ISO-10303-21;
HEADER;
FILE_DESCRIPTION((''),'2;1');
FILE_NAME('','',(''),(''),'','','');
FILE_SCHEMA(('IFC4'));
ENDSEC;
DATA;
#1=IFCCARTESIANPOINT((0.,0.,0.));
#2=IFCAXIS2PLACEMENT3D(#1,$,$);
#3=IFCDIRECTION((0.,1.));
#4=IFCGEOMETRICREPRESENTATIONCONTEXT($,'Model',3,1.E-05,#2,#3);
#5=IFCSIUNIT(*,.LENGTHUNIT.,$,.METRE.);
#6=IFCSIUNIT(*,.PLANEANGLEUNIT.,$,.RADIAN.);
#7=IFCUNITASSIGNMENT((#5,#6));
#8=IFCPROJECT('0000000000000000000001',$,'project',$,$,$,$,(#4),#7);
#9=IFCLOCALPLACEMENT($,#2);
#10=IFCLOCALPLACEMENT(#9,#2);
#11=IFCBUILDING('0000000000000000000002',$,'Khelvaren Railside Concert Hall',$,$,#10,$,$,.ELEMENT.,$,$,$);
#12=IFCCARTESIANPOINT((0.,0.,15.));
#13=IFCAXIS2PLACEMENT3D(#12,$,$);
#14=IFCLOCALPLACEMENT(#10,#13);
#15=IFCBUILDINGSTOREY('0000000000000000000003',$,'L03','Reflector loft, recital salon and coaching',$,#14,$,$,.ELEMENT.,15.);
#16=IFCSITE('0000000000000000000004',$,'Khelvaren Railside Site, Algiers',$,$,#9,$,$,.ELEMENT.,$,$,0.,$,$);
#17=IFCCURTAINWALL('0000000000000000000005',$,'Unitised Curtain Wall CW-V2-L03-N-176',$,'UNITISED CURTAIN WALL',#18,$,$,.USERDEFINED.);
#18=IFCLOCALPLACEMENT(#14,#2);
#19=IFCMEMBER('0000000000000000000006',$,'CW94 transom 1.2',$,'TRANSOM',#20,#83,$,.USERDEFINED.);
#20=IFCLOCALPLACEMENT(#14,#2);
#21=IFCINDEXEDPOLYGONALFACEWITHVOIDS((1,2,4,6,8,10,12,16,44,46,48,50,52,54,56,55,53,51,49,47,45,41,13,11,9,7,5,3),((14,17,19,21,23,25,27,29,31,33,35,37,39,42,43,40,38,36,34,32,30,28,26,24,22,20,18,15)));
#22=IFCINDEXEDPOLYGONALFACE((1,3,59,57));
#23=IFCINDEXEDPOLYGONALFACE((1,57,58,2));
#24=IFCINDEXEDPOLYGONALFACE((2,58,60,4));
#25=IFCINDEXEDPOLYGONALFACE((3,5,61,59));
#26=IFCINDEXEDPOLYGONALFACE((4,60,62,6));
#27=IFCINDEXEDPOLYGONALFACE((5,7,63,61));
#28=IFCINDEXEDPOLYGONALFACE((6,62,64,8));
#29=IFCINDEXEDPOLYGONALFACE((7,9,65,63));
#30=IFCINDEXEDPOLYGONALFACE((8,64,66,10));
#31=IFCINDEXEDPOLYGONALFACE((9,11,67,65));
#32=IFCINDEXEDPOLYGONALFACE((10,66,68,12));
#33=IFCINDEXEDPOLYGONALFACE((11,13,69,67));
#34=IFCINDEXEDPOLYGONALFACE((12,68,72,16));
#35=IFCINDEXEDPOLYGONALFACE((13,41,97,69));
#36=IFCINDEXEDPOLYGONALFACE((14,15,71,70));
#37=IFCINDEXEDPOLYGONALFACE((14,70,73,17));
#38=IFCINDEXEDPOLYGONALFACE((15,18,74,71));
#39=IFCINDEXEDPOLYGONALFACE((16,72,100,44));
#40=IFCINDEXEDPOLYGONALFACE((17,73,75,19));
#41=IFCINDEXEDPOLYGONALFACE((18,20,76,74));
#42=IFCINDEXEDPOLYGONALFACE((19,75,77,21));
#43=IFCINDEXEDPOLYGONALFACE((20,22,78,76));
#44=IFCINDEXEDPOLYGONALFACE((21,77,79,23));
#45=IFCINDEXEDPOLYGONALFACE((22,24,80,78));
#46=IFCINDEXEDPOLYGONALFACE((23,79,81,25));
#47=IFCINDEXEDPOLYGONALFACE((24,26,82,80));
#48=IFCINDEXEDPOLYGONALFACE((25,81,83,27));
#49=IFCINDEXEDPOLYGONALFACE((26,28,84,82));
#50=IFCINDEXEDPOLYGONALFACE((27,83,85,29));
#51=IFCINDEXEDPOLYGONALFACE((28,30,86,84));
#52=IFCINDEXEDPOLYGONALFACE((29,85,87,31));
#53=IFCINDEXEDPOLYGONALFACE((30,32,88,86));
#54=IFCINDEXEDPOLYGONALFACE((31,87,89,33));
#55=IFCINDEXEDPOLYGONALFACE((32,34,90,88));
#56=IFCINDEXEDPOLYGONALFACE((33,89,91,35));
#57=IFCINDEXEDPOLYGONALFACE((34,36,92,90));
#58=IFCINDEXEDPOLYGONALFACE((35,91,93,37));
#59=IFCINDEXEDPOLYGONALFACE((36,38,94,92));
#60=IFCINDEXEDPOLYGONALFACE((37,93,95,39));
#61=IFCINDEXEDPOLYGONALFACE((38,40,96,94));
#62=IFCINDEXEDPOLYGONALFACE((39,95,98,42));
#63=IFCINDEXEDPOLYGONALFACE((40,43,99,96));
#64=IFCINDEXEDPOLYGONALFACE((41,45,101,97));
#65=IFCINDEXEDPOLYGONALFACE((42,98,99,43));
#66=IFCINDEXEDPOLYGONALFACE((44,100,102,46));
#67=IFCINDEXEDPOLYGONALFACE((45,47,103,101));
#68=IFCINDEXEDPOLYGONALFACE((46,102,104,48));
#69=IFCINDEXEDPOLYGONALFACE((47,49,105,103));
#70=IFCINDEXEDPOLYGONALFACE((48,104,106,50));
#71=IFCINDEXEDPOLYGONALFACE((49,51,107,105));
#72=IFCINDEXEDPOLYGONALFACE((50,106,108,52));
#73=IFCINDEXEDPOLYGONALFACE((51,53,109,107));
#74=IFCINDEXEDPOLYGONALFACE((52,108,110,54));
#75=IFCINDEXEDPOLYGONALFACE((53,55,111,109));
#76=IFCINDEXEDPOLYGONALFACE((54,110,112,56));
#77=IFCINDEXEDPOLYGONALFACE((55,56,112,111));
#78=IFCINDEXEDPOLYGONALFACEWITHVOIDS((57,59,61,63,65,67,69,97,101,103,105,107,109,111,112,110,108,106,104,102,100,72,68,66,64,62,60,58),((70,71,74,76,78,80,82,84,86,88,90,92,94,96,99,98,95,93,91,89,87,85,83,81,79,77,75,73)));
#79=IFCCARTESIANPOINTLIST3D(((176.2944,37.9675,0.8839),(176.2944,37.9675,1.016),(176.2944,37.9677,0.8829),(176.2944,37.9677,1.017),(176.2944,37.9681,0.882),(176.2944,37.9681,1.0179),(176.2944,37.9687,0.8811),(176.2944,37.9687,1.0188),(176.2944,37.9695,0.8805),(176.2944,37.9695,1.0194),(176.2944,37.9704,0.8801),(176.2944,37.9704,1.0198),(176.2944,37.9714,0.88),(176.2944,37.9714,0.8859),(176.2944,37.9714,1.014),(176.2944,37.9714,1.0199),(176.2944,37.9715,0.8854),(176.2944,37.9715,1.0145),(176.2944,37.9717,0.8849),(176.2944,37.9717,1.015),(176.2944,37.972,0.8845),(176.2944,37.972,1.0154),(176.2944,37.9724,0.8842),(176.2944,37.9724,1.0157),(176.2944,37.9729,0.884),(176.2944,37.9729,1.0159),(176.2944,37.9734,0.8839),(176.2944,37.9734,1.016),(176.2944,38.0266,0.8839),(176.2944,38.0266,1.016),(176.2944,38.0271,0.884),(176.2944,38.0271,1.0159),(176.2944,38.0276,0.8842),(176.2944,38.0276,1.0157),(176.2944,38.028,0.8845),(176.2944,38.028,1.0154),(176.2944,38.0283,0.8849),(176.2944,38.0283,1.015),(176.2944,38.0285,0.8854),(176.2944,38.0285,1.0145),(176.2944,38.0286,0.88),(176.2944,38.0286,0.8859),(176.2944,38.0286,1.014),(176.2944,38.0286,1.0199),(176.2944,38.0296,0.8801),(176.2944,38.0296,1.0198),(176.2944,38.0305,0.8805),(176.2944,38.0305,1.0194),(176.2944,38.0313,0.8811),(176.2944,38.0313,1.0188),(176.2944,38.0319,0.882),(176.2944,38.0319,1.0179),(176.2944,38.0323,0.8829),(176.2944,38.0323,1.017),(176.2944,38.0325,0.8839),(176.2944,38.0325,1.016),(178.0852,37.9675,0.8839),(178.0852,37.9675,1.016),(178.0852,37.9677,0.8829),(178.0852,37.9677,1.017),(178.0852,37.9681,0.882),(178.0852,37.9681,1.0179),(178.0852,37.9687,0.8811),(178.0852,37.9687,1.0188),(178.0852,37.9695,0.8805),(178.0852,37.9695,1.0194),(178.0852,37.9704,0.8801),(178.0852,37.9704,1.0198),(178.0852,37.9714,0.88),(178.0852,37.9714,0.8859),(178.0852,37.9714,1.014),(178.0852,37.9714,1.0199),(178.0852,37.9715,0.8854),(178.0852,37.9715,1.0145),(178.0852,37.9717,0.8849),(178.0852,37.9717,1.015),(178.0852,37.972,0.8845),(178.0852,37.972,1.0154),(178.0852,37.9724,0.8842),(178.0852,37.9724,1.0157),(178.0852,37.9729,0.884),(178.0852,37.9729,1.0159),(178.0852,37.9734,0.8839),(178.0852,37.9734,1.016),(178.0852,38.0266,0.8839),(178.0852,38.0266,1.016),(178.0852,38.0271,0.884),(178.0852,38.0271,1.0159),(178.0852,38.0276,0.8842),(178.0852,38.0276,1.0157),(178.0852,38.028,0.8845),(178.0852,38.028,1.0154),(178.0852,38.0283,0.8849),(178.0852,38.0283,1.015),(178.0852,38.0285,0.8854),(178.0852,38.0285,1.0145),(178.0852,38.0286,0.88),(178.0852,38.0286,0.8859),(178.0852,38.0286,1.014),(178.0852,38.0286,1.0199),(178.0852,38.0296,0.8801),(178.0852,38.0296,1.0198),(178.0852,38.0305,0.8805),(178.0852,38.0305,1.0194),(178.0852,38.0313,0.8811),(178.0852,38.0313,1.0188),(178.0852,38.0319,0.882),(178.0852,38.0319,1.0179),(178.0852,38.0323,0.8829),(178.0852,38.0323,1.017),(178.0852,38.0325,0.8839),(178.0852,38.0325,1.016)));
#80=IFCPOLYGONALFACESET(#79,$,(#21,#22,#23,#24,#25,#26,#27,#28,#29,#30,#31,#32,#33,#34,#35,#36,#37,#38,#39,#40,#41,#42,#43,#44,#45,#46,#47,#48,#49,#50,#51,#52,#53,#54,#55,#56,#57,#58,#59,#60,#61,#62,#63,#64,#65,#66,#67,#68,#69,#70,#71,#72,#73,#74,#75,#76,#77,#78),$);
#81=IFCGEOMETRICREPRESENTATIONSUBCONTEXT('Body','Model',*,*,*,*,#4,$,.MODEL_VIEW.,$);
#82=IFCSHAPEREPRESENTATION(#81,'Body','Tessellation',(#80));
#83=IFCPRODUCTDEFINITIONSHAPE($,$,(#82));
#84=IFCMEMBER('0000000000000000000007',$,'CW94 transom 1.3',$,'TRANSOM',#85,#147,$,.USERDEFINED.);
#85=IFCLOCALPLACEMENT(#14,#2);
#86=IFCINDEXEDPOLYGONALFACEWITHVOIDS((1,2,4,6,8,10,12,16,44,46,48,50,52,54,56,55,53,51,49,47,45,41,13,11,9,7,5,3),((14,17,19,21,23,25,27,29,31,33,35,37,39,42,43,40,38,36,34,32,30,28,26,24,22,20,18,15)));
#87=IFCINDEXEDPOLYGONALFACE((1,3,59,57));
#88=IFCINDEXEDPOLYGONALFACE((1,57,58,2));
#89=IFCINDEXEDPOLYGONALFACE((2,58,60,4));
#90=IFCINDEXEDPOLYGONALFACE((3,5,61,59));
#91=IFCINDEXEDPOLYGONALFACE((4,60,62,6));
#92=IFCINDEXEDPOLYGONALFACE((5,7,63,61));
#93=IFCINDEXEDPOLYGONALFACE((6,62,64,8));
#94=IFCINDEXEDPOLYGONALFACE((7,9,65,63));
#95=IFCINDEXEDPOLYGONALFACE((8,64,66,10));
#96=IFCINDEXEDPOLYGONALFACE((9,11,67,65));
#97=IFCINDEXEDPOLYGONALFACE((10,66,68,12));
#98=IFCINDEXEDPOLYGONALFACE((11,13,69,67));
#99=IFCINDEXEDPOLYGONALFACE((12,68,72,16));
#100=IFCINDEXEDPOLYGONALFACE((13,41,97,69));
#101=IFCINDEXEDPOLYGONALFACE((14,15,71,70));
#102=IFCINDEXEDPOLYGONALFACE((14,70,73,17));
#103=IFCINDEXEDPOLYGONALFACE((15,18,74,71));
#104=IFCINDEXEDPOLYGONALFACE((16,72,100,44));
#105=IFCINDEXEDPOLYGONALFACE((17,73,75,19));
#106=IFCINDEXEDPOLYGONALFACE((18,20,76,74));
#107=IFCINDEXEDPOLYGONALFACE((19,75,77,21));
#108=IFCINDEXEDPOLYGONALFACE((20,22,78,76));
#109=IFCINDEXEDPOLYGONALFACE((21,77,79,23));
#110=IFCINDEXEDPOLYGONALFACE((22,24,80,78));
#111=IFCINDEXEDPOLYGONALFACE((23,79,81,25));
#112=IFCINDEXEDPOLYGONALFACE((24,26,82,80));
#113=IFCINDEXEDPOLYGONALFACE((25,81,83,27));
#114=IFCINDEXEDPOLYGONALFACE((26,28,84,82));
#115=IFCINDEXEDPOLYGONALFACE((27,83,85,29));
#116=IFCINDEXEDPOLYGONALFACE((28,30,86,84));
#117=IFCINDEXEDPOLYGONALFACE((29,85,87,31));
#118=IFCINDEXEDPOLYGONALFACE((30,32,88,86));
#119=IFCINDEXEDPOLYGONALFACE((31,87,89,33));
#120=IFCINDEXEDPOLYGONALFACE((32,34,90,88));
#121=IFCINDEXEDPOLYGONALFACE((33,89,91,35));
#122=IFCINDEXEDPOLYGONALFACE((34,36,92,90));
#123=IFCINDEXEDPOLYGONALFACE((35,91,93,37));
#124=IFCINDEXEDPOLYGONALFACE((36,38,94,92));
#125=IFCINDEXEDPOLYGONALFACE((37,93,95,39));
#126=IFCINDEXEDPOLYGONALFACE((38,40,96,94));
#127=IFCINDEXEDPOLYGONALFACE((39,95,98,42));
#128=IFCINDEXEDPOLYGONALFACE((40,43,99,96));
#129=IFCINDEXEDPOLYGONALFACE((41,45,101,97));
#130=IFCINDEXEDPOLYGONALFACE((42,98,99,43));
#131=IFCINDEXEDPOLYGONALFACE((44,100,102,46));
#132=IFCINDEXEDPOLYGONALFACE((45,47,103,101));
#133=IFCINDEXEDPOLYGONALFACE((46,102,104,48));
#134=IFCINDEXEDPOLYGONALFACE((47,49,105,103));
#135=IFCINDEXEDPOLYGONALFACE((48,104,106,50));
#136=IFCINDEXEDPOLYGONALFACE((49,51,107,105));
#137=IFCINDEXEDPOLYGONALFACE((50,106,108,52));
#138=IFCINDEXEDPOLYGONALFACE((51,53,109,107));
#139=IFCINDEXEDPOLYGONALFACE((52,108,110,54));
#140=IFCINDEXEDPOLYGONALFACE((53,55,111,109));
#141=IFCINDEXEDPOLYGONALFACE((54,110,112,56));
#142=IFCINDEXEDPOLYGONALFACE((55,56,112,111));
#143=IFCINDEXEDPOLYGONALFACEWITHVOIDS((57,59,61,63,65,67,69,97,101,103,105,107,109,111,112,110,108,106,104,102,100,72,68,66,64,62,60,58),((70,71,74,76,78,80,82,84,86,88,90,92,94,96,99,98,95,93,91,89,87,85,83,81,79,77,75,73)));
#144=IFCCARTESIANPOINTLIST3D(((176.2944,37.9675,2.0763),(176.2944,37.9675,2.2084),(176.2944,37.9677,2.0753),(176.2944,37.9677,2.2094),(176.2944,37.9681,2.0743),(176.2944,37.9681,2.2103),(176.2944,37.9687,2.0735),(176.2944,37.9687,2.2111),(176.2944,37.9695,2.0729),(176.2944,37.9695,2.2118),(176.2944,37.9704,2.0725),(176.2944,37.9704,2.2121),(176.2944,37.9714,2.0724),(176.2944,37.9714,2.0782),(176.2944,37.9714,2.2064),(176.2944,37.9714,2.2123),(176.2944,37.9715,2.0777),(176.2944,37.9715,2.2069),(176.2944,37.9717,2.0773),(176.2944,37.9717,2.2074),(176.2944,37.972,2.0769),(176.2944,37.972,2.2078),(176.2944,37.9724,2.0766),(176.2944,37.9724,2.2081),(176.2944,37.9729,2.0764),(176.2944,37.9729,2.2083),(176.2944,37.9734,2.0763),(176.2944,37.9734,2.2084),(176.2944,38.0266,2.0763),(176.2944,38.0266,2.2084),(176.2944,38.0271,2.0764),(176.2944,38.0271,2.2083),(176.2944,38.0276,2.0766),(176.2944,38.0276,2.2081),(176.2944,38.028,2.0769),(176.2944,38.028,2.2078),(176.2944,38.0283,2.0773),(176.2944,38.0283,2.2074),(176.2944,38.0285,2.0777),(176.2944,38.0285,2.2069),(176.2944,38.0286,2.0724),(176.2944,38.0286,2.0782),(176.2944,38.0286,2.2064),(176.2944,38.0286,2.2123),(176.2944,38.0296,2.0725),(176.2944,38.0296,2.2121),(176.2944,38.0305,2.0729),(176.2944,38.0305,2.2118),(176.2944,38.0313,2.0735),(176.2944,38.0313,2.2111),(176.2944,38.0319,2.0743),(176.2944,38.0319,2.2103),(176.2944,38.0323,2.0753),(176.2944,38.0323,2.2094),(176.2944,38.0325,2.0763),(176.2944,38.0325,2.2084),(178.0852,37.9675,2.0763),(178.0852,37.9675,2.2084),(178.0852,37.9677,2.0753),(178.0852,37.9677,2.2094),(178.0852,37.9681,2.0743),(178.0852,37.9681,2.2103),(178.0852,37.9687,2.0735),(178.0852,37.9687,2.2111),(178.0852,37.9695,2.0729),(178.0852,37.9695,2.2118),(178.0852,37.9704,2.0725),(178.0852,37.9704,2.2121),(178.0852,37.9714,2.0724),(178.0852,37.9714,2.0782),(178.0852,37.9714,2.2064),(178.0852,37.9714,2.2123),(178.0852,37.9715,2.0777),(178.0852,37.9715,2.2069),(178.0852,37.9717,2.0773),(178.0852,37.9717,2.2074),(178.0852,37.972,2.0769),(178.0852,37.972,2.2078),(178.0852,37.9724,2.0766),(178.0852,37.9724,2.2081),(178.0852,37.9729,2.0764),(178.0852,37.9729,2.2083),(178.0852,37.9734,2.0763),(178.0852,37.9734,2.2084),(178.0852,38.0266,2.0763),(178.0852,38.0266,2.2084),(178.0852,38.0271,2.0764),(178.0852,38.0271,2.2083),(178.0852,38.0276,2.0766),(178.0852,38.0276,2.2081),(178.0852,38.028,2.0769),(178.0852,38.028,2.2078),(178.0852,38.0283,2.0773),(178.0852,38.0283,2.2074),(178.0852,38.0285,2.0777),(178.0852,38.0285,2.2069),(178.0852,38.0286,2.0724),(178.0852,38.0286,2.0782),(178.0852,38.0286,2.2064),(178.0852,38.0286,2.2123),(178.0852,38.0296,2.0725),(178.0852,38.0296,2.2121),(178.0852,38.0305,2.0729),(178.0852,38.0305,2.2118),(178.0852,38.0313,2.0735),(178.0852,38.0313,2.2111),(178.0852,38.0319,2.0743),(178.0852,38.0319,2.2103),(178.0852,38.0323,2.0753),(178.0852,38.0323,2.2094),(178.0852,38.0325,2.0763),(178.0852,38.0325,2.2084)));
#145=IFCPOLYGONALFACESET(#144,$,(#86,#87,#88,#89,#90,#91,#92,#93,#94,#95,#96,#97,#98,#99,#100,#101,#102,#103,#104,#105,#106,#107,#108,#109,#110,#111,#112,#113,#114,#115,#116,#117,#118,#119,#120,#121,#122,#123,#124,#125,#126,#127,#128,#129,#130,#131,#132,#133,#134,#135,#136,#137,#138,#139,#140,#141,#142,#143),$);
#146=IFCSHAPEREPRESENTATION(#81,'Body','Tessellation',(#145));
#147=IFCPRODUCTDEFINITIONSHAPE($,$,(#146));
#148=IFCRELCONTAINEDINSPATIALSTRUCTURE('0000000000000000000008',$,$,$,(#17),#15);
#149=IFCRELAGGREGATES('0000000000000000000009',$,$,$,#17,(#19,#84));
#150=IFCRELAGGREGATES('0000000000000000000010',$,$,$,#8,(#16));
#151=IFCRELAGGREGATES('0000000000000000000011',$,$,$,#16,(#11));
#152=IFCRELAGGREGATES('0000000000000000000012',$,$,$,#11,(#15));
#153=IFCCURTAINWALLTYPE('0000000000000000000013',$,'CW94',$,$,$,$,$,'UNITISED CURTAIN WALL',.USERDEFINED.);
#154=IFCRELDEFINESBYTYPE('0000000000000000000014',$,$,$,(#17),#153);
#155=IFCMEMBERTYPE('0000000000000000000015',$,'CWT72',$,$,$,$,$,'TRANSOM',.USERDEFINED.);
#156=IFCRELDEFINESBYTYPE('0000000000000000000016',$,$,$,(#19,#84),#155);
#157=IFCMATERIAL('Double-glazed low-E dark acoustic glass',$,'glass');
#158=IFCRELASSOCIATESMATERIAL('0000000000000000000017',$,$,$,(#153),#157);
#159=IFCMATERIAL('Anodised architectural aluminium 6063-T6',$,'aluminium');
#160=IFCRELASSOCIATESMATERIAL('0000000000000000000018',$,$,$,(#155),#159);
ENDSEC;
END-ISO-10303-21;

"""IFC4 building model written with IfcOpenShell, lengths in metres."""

from ifc_helpers import new_model, si_unit, direction, frame, origin, origin_2d, place, context, subcontext, project, spatial, hollow_rectangle, extrude, material, material_profile, profile_set, type_object, element, aggregate, save


model = new_model("IFC4")

# Units and contexts
model_context = context("Model", 3, precision=1e-05, world=origin(), true_north=direction((0.0, 1.0)))
body_context = subcontext(model_context, "Body", "Model", "MODEL_VIEW")
ifc_project = project(units=[si_unit("LENGTHUNIT", "METRE"), si_unit("PLANEANGLEUNIT", "RADIAN")], contexts=[model_context])

# Site, building, storey
site_placement = place(None, origin())
site = spatial("IfcSite", under=ifc_project, at=site_placement, Name="Khelvaren Railside Site, Algiers", CompositionType="ELEMENT", RefElevation=0.0)
building_placement = place(site_placement, origin())
building = spatial("IfcBuilding", under=site, at=building_placement, Name="Khelvaren Railside Concert Hall", CompositionType="ELEMENT")
storey_placement = place(building_placement, frame((0.0, 0.0, 15.0)))
storey = spatial("IfcBuildingStorey", under=building, at=storey_placement, Name="L03", Description="Reflector loft, recital salon and coaching", CompositionType="ELEMENT", Elevation=15.0)

# Shared definitions
ifc_material_1 = material(Name="Double-glazed low-E dark acoustic glass", Category="glass")
ifc_material_2 = material(Name="Anodised architectural aluminium 6063-T6", Category="aluminium")

# Curtain wall, members
curtain_wall_type_1 = type_object("IfcCurtainWallType", Name="CW94", ElementType="UNITISED CURTAIN WALL", PredefinedType="USERDEFINED", material=ifc_material_1)
curtain_wall_1_placement = place(storey_placement, origin())
curtain_wall_1 = element("IfcCurtainWall", 1, at=curtain_wall_1_placement, inside=storey, type_object=curtain_wall_type_1, Name="Unitised Curtain Wall CW-V2-L03-N-176", ObjectType="UNITISED CURTAIN WALL", PredefinedType="USERDEFINED")
ifc_material_profile_1 = material_profile(ifc_material_2, hollow_rectangle(XDim=0.0649, YDim=0.1399, WallThickness=0.0039, InnerFilletRadius=0.002, OuterFilletRadius=0.0039, at=origin_2d()), Name="CWT 65x140x4")
ifc_profile_set_1 = profile_set([ifc_material_profile_1], Name="Anodised architectural aluminium 6063-T6")
member_type_1 = type_object("IfcMemberType", Name="CWT72", ElementType="TRANSOM", PredefinedType="USERDEFINED", material=ifc_profile_set_1)
member_1_placement = place(storey_placement, frame((176.2944, 38.0, 0.95), z_axis=(1.0, 0.0, 0.0), x_axis=(0.0, 1.0, 0.0)))
member_1 = element("IfcMember", 2, at=member_1_placement, type_object=member_type_1, Name="CW94 transom 1.2", ObjectType="TRANSOM", PredefinedType="USERDEFINED", context=body_context, shape_type="SweptSolid", body=[
    extrude(hollow_rectangle(XDim=0.0649, YDim=0.1399, WallThickness=0.0039, InnerFilletRadius=0.002, OuterFilletRadius=0.0039, at=origin_2d()), origin(), (0.0, 0.0, 1.0), 1.7908),
])
member_2_placement = place(storey_placement, frame((176.2944, 38.0, 2.1423), z_axis=(1.0, 0.0, 0.0), x_axis=(0.0, 1.0, 0.0)))
member_2 = element("IfcMember", 3, at=member_2_placement, type_object=member_type_1, Name="CW94 transom 1.3", ObjectType="TRANSOM", PredefinedType="USERDEFINED", context=body_context, shape_type="SweptSolid", body=[
    extrude(hollow_rectangle(XDim=0.0649, YDim=0.1399, WallThickness=0.0039, InnerFilletRadius=0.002, OuterFilletRadius=0.0039, at=origin_2d()), origin(), (0.0, 0.0, 1.0), 1.7908),
])

aggregate(curtain_wall_1, [member_1, member_2])

save(model, "model.ifc")
